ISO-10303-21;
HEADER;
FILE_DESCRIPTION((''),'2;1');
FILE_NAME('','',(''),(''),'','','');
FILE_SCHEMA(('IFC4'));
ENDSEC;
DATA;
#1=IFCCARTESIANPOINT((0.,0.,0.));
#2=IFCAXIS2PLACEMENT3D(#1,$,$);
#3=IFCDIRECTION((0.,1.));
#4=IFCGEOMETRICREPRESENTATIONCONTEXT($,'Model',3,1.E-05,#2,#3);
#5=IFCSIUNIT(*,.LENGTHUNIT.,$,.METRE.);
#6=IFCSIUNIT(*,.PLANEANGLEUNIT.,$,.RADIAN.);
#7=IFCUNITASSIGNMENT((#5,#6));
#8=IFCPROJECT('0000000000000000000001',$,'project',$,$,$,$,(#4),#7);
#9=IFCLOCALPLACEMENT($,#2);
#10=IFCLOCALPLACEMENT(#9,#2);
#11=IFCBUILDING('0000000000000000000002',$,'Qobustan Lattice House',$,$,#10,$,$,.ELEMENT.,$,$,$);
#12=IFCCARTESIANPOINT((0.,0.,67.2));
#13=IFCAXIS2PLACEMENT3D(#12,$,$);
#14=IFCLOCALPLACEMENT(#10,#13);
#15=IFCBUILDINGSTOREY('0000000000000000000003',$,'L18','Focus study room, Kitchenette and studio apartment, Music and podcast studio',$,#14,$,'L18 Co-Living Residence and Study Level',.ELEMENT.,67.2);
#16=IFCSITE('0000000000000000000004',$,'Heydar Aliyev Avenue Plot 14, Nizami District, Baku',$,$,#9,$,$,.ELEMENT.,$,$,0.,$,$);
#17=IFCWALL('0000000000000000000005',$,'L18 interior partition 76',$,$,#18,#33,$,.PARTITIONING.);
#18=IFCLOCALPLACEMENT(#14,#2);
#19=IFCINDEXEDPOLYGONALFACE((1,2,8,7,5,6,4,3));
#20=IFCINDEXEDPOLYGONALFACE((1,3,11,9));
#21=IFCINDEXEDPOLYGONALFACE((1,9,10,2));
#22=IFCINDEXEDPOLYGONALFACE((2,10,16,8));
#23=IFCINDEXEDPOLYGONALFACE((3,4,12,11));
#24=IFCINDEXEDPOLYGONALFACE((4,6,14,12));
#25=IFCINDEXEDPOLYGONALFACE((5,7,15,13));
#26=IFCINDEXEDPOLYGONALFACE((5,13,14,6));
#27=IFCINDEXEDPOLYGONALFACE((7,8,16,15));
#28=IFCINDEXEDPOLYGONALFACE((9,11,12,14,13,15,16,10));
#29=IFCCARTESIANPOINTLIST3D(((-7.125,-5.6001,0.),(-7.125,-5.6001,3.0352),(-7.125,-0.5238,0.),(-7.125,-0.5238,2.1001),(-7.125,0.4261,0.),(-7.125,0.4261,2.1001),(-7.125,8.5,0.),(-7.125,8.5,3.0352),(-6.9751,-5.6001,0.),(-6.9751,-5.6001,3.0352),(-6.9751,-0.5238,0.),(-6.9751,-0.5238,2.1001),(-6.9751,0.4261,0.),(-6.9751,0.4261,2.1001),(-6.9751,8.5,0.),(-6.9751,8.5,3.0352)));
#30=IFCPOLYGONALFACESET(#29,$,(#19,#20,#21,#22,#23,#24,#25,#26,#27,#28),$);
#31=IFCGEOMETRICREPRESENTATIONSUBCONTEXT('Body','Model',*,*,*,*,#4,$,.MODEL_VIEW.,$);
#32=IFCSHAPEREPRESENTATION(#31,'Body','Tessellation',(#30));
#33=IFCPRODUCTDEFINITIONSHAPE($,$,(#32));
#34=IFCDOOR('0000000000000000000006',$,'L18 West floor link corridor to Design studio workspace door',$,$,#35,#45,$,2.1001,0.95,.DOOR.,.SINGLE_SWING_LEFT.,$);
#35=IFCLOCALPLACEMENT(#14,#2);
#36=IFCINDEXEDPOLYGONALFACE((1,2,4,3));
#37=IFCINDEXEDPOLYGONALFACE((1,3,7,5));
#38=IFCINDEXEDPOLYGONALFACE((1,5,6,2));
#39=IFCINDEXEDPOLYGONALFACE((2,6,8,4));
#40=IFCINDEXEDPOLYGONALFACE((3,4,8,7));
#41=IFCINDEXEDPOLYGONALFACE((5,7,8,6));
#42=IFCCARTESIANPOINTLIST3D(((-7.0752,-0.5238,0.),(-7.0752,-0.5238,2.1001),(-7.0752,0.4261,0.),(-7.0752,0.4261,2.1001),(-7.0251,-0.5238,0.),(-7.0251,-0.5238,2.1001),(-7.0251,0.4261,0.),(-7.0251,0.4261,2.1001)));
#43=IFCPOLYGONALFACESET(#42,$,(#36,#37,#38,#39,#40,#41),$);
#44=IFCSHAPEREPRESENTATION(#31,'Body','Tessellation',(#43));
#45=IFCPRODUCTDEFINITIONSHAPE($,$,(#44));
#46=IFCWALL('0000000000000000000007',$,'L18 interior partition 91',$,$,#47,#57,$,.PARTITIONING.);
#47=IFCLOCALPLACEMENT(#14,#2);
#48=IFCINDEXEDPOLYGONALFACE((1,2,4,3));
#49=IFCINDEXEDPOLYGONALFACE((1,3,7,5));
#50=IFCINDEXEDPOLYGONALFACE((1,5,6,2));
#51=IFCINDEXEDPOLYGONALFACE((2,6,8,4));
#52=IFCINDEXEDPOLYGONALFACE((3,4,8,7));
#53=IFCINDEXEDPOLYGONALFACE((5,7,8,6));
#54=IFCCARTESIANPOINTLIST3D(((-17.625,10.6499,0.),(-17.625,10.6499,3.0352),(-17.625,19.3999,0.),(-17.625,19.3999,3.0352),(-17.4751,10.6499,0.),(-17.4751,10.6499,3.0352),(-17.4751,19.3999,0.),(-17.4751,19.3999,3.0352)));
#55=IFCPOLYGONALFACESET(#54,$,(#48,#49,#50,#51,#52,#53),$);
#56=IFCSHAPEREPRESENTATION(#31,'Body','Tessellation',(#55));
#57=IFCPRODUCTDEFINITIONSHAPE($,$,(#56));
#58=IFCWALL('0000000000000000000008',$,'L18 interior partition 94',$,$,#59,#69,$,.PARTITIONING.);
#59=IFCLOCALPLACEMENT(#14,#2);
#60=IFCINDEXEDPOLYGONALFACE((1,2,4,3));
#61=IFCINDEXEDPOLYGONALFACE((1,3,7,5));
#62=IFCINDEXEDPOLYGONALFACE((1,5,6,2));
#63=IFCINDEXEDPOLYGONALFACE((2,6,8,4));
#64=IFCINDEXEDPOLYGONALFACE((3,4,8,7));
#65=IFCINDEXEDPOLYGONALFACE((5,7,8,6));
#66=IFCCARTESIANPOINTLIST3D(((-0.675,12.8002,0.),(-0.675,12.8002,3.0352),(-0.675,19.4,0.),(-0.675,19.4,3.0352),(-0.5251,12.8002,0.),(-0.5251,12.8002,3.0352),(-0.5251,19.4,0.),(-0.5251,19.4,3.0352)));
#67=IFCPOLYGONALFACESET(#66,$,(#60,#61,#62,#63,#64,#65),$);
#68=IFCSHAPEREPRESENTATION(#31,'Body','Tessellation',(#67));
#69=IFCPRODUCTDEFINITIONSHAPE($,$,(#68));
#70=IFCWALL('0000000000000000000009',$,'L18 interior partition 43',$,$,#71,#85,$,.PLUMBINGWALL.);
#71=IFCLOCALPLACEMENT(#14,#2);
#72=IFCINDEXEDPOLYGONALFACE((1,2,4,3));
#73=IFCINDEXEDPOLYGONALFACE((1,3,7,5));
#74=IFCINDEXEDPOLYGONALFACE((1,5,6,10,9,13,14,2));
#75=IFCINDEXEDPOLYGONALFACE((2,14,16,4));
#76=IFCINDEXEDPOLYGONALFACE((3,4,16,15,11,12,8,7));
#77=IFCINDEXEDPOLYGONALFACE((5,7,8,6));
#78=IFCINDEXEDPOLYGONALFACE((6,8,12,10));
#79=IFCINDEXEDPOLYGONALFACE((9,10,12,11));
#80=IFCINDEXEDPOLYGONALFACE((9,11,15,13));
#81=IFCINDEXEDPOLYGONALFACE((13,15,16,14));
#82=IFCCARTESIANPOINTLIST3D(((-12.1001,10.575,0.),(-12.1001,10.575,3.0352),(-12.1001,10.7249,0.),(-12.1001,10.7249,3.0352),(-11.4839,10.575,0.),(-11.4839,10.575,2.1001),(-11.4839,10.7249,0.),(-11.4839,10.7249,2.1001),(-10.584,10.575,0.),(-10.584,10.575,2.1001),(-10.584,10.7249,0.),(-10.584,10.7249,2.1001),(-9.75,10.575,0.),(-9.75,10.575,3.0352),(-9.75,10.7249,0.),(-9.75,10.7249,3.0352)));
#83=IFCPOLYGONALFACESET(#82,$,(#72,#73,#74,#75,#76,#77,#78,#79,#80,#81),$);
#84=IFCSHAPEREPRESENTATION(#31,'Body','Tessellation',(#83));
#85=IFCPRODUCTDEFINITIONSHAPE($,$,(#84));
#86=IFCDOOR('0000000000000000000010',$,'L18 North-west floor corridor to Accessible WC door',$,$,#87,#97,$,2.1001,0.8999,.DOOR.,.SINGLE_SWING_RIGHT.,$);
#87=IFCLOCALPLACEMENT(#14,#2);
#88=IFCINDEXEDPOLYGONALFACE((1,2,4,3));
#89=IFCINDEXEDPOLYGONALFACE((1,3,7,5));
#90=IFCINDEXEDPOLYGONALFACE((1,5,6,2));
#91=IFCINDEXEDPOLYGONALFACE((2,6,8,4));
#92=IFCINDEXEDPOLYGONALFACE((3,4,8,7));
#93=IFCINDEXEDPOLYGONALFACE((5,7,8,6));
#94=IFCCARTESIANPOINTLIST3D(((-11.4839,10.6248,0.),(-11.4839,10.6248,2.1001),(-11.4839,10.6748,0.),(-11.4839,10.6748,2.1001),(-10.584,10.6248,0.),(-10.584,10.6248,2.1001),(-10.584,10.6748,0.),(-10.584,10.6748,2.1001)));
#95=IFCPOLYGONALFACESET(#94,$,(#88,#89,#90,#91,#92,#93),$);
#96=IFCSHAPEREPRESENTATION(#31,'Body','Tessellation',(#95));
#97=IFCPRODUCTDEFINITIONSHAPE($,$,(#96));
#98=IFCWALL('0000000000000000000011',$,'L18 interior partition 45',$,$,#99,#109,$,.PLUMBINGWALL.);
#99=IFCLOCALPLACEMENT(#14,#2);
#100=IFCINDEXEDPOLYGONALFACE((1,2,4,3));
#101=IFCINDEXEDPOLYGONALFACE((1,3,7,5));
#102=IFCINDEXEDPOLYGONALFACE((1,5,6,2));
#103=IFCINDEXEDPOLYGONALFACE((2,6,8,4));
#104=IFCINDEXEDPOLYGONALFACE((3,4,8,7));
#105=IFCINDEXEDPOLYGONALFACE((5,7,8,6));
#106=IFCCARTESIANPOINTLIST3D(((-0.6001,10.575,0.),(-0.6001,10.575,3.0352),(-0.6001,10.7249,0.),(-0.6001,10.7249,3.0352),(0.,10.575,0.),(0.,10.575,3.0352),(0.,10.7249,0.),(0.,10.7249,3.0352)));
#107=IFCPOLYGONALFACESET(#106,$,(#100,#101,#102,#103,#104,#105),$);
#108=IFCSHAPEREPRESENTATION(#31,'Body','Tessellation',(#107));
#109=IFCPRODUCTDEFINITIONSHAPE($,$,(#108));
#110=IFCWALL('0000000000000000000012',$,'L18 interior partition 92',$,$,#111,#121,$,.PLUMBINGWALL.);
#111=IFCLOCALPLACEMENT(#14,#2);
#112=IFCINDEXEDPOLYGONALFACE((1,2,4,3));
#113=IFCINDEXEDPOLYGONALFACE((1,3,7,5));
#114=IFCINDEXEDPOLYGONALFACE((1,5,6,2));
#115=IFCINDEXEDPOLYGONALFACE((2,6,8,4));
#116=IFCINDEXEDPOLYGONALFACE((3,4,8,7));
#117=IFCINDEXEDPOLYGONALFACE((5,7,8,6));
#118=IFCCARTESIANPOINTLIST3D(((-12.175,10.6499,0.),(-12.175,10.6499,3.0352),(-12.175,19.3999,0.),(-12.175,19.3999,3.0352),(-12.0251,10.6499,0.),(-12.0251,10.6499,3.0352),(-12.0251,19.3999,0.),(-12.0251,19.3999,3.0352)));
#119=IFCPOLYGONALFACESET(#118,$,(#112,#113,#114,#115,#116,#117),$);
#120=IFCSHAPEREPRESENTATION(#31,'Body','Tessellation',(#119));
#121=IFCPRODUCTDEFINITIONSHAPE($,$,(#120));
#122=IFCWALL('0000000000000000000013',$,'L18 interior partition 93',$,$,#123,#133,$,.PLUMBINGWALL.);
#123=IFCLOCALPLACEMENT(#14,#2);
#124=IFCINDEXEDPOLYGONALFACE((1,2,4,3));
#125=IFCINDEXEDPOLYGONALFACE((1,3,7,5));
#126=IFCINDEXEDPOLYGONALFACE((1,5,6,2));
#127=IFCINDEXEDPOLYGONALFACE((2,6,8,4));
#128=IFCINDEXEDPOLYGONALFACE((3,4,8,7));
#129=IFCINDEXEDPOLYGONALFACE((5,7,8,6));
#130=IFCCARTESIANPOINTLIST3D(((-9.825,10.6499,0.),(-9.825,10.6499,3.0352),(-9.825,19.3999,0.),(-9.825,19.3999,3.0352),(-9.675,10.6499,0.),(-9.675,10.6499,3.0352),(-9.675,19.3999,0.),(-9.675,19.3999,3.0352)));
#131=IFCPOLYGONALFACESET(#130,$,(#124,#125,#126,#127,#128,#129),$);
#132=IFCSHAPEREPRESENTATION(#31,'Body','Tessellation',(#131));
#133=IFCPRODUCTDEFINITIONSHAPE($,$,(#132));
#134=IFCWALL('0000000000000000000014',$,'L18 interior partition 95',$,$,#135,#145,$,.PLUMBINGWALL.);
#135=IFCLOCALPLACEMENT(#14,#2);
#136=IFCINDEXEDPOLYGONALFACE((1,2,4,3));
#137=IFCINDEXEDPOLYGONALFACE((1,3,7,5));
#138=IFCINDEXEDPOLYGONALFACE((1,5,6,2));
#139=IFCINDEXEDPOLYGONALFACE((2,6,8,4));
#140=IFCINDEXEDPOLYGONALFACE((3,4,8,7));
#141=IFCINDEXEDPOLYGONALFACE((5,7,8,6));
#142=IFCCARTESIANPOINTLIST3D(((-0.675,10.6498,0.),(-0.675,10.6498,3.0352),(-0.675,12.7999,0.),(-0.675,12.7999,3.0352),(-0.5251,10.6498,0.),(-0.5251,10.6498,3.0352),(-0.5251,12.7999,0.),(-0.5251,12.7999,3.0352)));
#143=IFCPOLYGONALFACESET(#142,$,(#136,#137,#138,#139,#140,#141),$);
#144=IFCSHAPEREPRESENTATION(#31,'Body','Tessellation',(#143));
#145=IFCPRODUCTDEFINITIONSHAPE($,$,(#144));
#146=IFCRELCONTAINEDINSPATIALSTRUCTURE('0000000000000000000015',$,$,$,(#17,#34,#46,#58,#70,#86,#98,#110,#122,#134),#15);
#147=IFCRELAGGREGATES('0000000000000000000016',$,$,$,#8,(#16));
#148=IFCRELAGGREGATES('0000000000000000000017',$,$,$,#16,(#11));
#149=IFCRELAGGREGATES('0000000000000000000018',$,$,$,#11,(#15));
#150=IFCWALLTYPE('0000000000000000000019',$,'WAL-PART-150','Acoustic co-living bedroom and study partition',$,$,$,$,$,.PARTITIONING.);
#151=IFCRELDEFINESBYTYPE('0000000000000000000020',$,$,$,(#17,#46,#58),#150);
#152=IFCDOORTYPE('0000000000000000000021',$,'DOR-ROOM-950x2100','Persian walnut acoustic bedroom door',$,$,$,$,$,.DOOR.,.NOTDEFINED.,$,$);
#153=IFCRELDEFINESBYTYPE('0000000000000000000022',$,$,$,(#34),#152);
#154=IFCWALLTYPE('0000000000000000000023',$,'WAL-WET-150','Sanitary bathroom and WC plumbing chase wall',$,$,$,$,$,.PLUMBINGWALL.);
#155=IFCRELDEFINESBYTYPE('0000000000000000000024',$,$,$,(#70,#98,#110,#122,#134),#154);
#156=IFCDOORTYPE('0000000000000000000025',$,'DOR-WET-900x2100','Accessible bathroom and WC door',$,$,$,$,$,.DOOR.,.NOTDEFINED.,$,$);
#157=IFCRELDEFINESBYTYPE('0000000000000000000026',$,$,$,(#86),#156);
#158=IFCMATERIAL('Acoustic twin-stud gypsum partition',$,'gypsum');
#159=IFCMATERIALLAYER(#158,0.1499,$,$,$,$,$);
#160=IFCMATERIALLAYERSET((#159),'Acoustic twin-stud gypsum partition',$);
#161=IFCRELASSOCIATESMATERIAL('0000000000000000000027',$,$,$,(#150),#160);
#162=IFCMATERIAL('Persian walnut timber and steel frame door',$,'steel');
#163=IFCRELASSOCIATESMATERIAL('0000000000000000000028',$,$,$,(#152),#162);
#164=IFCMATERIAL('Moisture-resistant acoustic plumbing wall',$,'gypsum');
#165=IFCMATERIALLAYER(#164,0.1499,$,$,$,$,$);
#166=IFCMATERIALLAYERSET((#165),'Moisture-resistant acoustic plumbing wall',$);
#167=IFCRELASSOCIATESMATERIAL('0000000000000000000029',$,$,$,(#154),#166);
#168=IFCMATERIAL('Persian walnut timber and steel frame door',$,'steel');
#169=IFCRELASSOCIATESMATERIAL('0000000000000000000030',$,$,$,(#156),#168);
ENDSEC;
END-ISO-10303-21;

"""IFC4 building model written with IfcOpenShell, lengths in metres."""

from ifc_helpers import new_model, si_unit, direction, frame, frame_2d, origin, place, context, subcontext, project, spatial, rectangle, extrude, material, layer, layer_set, type_object, element, fill, save


model = new_model("IFC4")

# Units and contexts
model_context = context("Model", 3, precision=1e-05, world=origin(), true_north=direction((0.0, 1.0)))
body_context = subcontext(model_context, "Body", "Model", "MODEL_VIEW")
ifc_project = project(units=[si_unit("LENGTHUNIT", "METRE"), si_unit("PLANEANGLEUNIT", "RADIAN")], contexts=[model_context])

# Site, building, storey
site_placement = place(None, origin())
site = spatial("IfcSite", under=ifc_project, at=site_placement, Name="Heydar Aliyev Avenue Plot 14, Nizami District, Baku", CompositionType="ELEMENT", RefElevation=0.0)
building_placement = place(site_placement, origin())
building = spatial("IfcBuilding", under=site, at=building_placement, Name="Qobustan Lattice House", CompositionType="ELEMENT")
storey_placement = place(building_placement, frame((0.0, 0.0, 67.2)))
storey = spatial("IfcBuildingStorey", under=building, at=storey_placement, Name="L18", Description="Focus study room, Kitchenette and studio apartment, Music and podcast studio", LongName="L18 Co-Living Residence and Study Level", CompositionType="ELEMENT", Elevation=67.2)

# Wall, opening, door
ifc_material_1 = material(Name="Acoustic twin-stud gypsum partition", Category="gypsum")
ifc_layer_1 = layer(ifc_material_1, 0.1499)
ifc_layer_set_1 = layer_set([ifc_layer_1], Name="Acoustic twin-stud gypsum partition")
wall_type_1 = type_object("IfcWallType", Name="WAL-PART-150", Description="Acoustic co-living bedroom and study partition", PredefinedType="PARTITIONING", material=ifc_layer_set_1)
ifc_material_2 = material(Name="Persian walnut timber and steel frame door", Category="steel")
door_type_1 = type_object("IfcDoorType", Name="DOR-ROOM-950x2100", Description="Persian walnut acoustic bedroom door", OperationType="NOTDEFINED", PredefinedType="DOOR", material=ifc_material_2)
wall_1_placement = place(storey_placement, frame((-7.05, 8.5, 0.0), z_axis=(0.0, 0.0, 1.0), x_axis=(0.0, -1.0, 0.0)))
wall_1 = element("IfcWall", 1, at=wall_1_placement, inside=storey, type_object=wall_type_1, Name="L18 interior partition 76", PredefinedType="PARTITIONING", context=body_context, shape_type="SweptSolid", body=[
    extrude(rectangle(XDim=14.1001, YDim=0.1499, at=frame_2d((7.05, 0.0))), origin(), (0.0, 0.0, 1.0), 3.0352),
])
opening_1_placement = place(wall_1_placement, frame((8.0737, 0.0, 0.0)))
opening_1 = element("IfcOpeningElement", 2, at=opening_1_placement, cuts=wall_1, PredefinedType="OPENING", context=body_context, shape_type="SweptSolid", body=[
    extrude(rectangle(XDim=0.95, YDim=2.1001, at=frame_2d((0.4751, 1.05))), frame((0.0, 0.085, 0.0), z_axis=(0.0, -1.0, 0.0), x_axis=(1.0, 0.0, 0.0)), (0.0, 0.0, 1.0), 0.1699),
])
door_1_placement = place(opening_1_placement, origin())
door_1 = element("IfcDoor", 3, at=door_1_placement, inside=storey, type_object=door_type_1, Name="L18 West floor link corridor to Design studio workspace door", OperationType="SINGLE_SWING_LEFT", OverallHeight=2.1001, OverallWidth=0.95, PredefinedType="DOOR", context=body_context, shape_type="SweptSolid", body=[
    extrude(rectangle(XDim=0.95, YDim=2.1001, at=frame_2d((0.4751, 1.05))), frame((0.0, 0.0249, 0.0), z_axis=(0.0, -1.0, 0.0), x_axis=(1.0, 0.0, 0.0)), (0.0, 0.0, 1.0), 0.05),
])
fill(opening_1, door_1)

# Walls
wall_2_placement = place(storey_placement, frame((-17.55, 19.3999, 0.0), z_axis=(0.0, 0.0, 1.0), x_axis=(0.0, -1.0, 0.0)))
element("IfcWall", 4, at=wall_2_placement, inside=storey, type_object=wall_type_1, Name="L18 interior partition 91", PredefinedType="PARTITIONING", context=body_context, shape_type="SweptSolid", body=[
    extrude(rectangle(XDim=8.75, YDim=0.1499, at=frame_2d((4.375, 0.0))), origin(), (0.0, 0.0, 1.0), 3.0352),
])
wall_3_placement = place(storey_placement, frame((-0.6001, 19.3999, 0.0), z_axis=(0.0, 0.0, 1.0), x_axis=(0.0, -1.0, 0.0)))
element("IfcWall", 5, at=wall_3_placement, inside=storey, type_object=wall_type_1, Name="L18 interior partition 94", PredefinedType="PARTITIONING", context=body_context, shape_type="SweptSolid", body=[
    extrude(rectangle(XDim=6.5999, YDim=0.1499, at=frame_2d((3.2998, 0.0))), origin(), (0.0, 0.0, 1.0), 3.0352),
])

# Wall, opening, door
ifc_material_3 = material(Name="Moisture-resistant acoustic plumbing wall", Category="gypsum")
ifc_layer_2 = layer(ifc_material_3, 0.1499)
ifc_layer_set_2 = layer_set([ifc_layer_2], Name="Moisture-resistant acoustic plumbing wall")
wall_type_2 = type_object("IfcWallType", Name="WAL-WET-150", Description="Sanitary bathroom and WC plumbing chase wall", PredefinedType="PLUMBINGWALL", material=ifc_layer_set_2)
wall_4_placement = place(storey_placement, frame((-12.1001, 10.6499, 0.0), z_axis=(0.0, 0.0, 1.0), x_axis=(1.0, 0.0, 0.0)))
wall_4 = element("IfcWall", 6, at=wall_4_placement, inside=storey, type_object=wall_type_2, Name="L18 interior partition 43", PredefinedType="PLUMBINGWALL", context=body_context, shape_type="SweptSolid", body=[
    extrude(rectangle(XDim=2.3501, YDim=0.1499, at=frame_2d((1.175, 0.0))), origin(), (0.0, 0.0, 1.0), 3.0352),
])
opening_2_placement = place(wall_4_placement, frame((0.6162, 0.0, 0.0)))
opening_2 = element("IfcOpeningElement", 7, at=opening_2_placement, cuts=wall_4, PredefinedType="OPENING", context=body_context, shape_type="SweptSolid", body=[
    extrude(rectangle(XDim=0.8999, YDim=2.1001, at=frame_2d((0.45, 1.05))), frame((0.0, 0.085, 0.0), z_axis=(0.0, -1.0, 0.0), x_axis=(1.0, 0.0, 0.0)), (0.0, 0.0, 1.0), 0.1699),
])
ifc_material_4 = material(Name="Persian walnut timber and steel frame door", Category="steel")
door_type_2 = type_object("IfcDoorType", Name="DOR-WET-900x2100", Description="Accessible bathroom and WC door", OperationType="NOTDEFINED", PredefinedType="DOOR", material=ifc_material_4)
door_2_placement = place(opening_2_placement, origin())
door_2 = element("IfcDoor", 8, at=door_2_placement, inside=storey, type_object=door_type_2, Name="L18 North-west floor corridor to Accessible WC door", OperationType="SINGLE_SWING_RIGHT", OverallHeight=2.1001, OverallWidth=0.8999, PredefinedType="DOOR", context=body_context, shape_type="SweptSolid", body=[
    extrude(rectangle(XDim=0.8999, YDim=2.1001, at=frame_2d((0.45, 1.05))), frame((0.0, 0.0249, 0.0), z_axis=(0.0, -1.0, 0.0), x_axis=(1.0, 0.0, 0.0)), (0.0, 0.0, 1.0), 0.05),
])
fill(opening_2, door_2)

# Walls
wall_5_placement = place(storey_placement, frame((-0.6001, 10.6499, 0.0), z_axis=(0.0, 0.0, 1.0), x_axis=(1.0, 0.0, 0.0)))
element("IfcWall", 9, at=wall_5_placement, inside=storey, type_object=wall_type_2, Name="L18 interior partition 45", PredefinedType="PLUMBINGWALL", context=body_context, shape_type="SweptSolid", body=[
    extrude(rectangle(XDim=0.6001, YDim=0.1499, at=frame_2d((0.3, 0.0))), origin(), (0.0, 0.0, 1.0), 3.0352),
])
for number, where, z_axis, x_axis, name in (
    (10, (-12.1001, 19.3999, 0.0), (0.0, 0.0, 1.0), (0.0, -1.0, 0.0), "L18 interior partition 92"),
    (11, (-9.75, 19.3999, 0.0), (0.0, 0.0, 1.0), (0.0, -1.0, 0.0), "L18 interior partition 93"),
):
    element("IfcWall", number, at=place(storey_placement, frame(where, z_axis=z_axis, x_axis=x_axis)), inside=storey, type_object=wall_type_2, Name=name, PredefinedType="PLUMBINGWALL", context=body_context, shape_type="SweptSolid", body=[
        extrude(rectangle(XDim=8.75, YDim=0.1499, at=frame_2d((4.375, 0.0))), origin(), (0.0, 0.0, 1.0), 3.0352),
    ])
wall_6_placement = place(storey_placement, frame((-0.6001, 12.8, 0.0), z_axis=(0.0, 0.0, 1.0), x_axis=(0.0, -1.0, 0.0)))
element("IfcWall", 12, at=wall_6_placement, inside=storey, type_object=wall_type_2, Name="L18 interior partition 95", PredefinedType="PLUMBINGWALL", context=body_context, shape_type="SweptSolid", body=[
    extrude(rectangle(XDim=2.1501, YDim=0.1499, at=frame_2d((1.0752, 0.0))), origin(), (0.0, 0.0, 1.0), 3.0352),
])

save(model, "model.ifc")
